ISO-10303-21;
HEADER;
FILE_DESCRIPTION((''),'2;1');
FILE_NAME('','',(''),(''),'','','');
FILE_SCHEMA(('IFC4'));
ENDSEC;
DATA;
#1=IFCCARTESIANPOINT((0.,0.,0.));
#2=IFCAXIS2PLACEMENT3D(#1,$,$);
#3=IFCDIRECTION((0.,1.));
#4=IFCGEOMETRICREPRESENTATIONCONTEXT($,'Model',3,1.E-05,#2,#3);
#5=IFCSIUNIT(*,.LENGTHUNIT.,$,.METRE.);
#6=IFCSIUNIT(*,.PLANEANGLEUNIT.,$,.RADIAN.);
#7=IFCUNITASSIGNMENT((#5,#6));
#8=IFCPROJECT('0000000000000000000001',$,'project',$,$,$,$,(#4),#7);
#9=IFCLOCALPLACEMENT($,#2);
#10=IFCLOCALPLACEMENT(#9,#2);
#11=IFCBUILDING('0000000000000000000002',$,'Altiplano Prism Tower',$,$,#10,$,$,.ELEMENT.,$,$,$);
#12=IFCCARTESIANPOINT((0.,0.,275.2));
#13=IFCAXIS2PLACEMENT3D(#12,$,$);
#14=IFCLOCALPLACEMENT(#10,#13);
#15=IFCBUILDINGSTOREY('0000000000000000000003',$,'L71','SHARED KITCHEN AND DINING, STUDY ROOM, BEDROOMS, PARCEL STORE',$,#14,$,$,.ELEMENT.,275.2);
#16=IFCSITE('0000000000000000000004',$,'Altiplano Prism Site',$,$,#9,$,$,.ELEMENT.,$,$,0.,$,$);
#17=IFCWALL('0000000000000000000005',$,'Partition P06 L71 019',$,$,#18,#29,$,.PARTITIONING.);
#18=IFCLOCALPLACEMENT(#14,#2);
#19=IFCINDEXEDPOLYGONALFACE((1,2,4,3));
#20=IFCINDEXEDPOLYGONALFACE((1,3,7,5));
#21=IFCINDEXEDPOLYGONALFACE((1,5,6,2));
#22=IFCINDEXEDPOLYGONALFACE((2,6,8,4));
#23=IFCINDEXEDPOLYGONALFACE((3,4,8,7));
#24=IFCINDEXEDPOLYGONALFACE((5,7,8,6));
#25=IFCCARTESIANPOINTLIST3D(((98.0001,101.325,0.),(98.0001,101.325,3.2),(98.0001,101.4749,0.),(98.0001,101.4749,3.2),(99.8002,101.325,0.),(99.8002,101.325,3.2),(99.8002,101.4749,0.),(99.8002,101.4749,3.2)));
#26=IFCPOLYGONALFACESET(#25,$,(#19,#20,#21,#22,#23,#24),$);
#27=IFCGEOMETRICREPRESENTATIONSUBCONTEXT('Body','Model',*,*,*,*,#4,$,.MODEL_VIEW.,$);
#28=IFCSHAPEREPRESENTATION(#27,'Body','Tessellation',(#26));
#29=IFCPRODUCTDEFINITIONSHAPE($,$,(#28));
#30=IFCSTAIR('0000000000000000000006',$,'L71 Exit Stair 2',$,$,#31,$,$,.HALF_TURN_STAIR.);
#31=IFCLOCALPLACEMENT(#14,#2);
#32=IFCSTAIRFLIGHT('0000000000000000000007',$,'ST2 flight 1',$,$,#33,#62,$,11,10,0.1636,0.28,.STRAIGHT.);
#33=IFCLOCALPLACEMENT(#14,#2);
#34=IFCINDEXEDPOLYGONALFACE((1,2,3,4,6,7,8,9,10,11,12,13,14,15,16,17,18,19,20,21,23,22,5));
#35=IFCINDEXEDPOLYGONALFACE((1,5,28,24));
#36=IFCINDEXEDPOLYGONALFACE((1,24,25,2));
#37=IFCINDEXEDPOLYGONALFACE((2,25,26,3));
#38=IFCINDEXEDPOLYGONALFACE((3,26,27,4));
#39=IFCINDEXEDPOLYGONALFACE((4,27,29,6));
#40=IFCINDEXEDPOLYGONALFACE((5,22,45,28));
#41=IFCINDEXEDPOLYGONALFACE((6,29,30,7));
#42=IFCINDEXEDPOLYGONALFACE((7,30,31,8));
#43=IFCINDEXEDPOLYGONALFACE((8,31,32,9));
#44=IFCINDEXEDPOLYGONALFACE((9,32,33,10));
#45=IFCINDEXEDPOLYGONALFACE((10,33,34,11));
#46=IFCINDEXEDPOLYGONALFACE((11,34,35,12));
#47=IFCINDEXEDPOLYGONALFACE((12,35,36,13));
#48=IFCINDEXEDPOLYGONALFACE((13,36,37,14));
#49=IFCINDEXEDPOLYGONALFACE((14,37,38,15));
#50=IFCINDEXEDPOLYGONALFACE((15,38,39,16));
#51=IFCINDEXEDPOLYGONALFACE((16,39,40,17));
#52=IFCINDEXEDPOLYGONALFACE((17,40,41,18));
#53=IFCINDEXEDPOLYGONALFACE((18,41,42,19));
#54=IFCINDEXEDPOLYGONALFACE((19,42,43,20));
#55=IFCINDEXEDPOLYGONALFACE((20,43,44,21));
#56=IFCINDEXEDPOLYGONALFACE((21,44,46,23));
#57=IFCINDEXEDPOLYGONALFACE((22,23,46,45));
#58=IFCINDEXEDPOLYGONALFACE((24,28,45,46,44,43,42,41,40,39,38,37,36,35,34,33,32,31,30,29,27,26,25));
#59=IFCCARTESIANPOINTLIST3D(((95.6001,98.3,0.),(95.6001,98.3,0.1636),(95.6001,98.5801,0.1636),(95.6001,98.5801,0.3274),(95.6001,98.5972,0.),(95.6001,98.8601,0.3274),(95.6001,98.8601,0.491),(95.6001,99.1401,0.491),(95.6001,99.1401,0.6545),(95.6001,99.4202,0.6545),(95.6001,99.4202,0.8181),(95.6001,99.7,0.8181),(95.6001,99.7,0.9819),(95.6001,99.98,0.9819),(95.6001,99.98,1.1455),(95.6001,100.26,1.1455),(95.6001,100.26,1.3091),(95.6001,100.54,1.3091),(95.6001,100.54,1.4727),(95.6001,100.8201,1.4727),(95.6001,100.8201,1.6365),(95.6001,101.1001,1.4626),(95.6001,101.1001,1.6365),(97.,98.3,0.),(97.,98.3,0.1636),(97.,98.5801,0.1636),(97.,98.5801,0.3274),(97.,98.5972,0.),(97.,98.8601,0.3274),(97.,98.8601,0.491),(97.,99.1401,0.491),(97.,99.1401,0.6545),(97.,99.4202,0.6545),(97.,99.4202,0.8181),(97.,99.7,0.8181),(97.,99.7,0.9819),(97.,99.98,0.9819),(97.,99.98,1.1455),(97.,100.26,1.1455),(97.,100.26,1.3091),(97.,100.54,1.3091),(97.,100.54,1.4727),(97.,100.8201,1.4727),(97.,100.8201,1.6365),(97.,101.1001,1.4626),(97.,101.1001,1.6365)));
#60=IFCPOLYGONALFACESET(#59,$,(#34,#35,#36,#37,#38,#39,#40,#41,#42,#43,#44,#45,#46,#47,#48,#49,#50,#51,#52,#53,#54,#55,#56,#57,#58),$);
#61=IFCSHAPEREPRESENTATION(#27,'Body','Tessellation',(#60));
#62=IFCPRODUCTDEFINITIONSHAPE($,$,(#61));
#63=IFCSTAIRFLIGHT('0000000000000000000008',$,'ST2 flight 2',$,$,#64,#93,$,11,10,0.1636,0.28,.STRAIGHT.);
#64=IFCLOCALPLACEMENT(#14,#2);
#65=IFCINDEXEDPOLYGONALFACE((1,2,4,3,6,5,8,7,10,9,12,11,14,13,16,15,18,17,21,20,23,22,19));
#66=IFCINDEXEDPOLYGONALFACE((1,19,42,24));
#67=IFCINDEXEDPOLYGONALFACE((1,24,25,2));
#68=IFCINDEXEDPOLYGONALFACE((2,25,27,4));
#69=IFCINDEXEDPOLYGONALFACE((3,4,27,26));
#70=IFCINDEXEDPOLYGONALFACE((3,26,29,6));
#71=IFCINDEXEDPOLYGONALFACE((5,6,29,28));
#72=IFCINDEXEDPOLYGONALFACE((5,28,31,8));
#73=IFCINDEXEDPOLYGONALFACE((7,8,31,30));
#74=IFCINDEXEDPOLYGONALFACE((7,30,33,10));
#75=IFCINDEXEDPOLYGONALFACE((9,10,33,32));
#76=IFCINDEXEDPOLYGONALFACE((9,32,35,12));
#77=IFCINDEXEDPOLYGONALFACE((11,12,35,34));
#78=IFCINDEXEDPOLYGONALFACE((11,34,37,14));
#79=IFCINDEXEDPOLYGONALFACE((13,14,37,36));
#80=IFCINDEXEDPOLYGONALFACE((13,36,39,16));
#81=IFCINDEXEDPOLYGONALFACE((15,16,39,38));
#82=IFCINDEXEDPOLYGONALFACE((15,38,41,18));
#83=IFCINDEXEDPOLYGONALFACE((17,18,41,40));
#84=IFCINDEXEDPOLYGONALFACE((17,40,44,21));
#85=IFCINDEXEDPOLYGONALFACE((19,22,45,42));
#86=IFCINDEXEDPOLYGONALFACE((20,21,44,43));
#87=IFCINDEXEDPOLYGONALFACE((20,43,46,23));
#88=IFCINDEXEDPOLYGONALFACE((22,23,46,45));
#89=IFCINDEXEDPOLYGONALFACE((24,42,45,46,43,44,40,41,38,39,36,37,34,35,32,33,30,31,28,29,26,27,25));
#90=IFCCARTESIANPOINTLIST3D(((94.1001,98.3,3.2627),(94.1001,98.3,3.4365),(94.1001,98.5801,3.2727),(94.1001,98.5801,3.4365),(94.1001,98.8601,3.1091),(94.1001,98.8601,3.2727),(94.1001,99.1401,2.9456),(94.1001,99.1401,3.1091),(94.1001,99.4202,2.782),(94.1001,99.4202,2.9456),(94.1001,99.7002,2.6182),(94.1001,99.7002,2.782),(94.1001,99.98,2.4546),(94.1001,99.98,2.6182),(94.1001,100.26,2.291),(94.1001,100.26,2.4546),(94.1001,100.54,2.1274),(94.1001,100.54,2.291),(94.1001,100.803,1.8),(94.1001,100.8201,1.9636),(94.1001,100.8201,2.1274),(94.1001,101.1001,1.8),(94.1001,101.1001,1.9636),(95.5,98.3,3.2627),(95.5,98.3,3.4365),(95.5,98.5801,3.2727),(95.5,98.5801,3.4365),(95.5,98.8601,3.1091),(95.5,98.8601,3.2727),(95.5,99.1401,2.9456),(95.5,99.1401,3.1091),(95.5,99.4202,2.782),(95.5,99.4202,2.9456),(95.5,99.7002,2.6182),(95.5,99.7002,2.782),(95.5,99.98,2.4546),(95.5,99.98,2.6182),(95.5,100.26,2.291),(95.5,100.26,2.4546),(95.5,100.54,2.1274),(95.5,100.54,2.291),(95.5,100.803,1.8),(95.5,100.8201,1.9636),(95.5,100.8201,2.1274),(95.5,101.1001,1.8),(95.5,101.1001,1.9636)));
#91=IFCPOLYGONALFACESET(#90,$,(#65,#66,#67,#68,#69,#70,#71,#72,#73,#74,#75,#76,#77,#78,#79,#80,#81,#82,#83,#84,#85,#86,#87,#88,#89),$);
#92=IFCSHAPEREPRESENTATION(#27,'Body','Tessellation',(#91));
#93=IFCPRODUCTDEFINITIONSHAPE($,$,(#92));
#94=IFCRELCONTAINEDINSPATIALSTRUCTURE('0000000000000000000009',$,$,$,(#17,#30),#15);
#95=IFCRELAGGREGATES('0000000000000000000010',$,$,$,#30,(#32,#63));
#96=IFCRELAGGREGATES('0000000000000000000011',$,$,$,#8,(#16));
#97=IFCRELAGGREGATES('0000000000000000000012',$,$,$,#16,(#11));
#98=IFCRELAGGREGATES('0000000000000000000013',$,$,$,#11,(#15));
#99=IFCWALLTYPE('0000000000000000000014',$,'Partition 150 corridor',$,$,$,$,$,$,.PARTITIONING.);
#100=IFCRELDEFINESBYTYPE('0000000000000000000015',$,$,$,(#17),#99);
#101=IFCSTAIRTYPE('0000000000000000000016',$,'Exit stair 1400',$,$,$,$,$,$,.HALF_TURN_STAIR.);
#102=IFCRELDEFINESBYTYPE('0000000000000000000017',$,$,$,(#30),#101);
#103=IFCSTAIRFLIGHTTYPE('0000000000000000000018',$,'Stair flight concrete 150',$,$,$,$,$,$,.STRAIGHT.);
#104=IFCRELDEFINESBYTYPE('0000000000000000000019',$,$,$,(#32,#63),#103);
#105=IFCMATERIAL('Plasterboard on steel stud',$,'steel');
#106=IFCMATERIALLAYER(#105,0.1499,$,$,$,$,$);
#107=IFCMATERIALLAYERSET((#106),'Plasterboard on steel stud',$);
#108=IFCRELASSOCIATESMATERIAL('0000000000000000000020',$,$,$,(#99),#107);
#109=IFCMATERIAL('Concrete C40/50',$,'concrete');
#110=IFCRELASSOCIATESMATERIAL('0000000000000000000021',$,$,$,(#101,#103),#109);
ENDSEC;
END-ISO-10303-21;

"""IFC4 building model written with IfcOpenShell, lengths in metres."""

from ifc_helpers import new_model, si_unit, direction, frame, frame_2d, origin, place, context, subcontext, project, spatial, polyline, rectangle, outline, extrude, material, layer, layer_set, type_object, element, aggregate, save


model = new_model("IFC4")

# Units and contexts
model_context = context("Model", 3, precision=1e-05, world=origin(), true_north=direction((0.0, 1.0)))
body_context = subcontext(model_context, "Body", "Model", "MODEL_VIEW")
ifc_project = project(units=[si_unit("LENGTHUNIT", "METRE"), si_unit("PLANEANGLEUNIT", "RADIAN")], contexts=[model_context])

# Site, building, storey
site_placement = place(None, origin())
site = spatial("IfcSite", under=ifc_project, at=site_placement, Name="Altiplano Prism Site", CompositionType="ELEMENT", RefElevation=0.0)
building_placement = place(site_placement, origin())
building = spatial("IfcBuilding", under=site, at=building_placement, Name="Altiplano Prism Tower", CompositionType="ELEMENT")
storey_placement = place(building_placement, frame((0.0, 0.0, 275.2)))
storey = spatial("IfcBuildingStorey", under=building, at=storey_placement, Name="L71", Description="SHARED KITCHEN AND DINING, STUDY ROOM, BEDROOMS, PARCEL STORE", CompositionType="ELEMENT", Elevation=275.2)

# Shared definitions
ifc_material_1 = material(Name="Plasterboard on steel stud", Category="steel")

# Shared definitions
ifc_layer_1 = layer(ifc_material_1, 0.1499)
ifc_layer_set_1 = layer_set([ifc_layer_1], Name="Plasterboard on steel stud")
wall_type_1 = type_object("IfcWallType", Name="Partition 150 corridor", PredefinedType="PARTITIONING", material=ifc_layer_set_1)

# Wall
wall_1_placement = place(storey_placement, frame((99.8, 101.3999, 0.0), z_axis=(0.0, 0.0, 1.0), x_axis=(-1.0, 0.0, 0.0)))
element("IfcWall", 1, at=wall_1_placement, inside=storey, type_object=wall_type_1, Name="Partition P06 L71 019", PredefinedType="PARTITIONING", context=body_context, shape_type="SweptSolid", body=[
    extrude(rectangle(XDim=1.8, YDim=0.1499, at=frame_2d((0.8999, 0.0))), origin(), (0.0, 0.0, 1.0), 3.2),
])

# Stair, stair flights
ifc_material_2 = material(Name="Concrete C40/50", Category="concrete")
stair_type = type_object("IfcStairType", Name="Exit stair 1400", PredefinedType="HALF_TURN_STAIR", material=ifc_material_2)
stair_placement = place(storey_placement, origin())
stair = element("IfcStair", 2, at=stair_placement, inside=storey, type_object=stair_type, Name="L71 Exit Stair 2", PredefinedType="HALF_TURN_STAIR")
stair_flight_type = type_object("IfcStairFlightType", Name="Stair flight concrete 150", PredefinedType="STRAIGHT", material=ifc_material_2)
stair_flight_1_placement = place(storey_placement, frame((96.3, 98.3, 0.0), z_axis=(0.0, 0.0, 1.0), x_axis=(0.0, 1.0, 0.0)))
stair_flight_1 = element("IfcStairFlight", 3, at=stair_flight_1_placement, type_object=stair_flight_type, Name="ST2 flight 1", NumberOfRisers=11, NumberOfTreads=10, PredefinedType="STRAIGHT", RiserHeight=0.1636, TreadLength=0.28, context=body_context, shape_type="SweptSolid", body=[
    extrude(outline(polyline([(0.0, 0.0), (0.0, 0.1636), (0.28, 0.1636), (0.28, 0.3274), (0.5601, 0.3274), (0.5601, 0.491), (0.8401, 0.491), (0.8401, 0.6545), (1.1201, 0.6545), (1.1201, 0.8181), (1.3999, 0.8181), (1.3999, 0.9819), (1.6799, 0.9819), (1.6799, 1.1455), (1.96, 1.1455), (1.96, 1.3091), (2.24, 1.3091), (2.24, 1.4727), (2.52, 1.4727), (2.52, 1.6365), (2.8, 1.6365), (2.8, 1.8), (2.8, 1.4626), (0.2971, 0.0), (0.0, 0.0)])), frame((0.0, 0.7, 0.0), z_axis=(0.0, -1.0, 0.0), x_axis=(1.0, 0.0, 0.0)), (0.0, 0.0, 1.0), 1.3999),
])
stair_flight_2_placement = place(storey_placement, frame((94.8, 101.1001, 1.8), z_axis=(0.0, 0.0, 1.0), x_axis=(0.0, -1.0, 0.0)))
stair_flight_2 = element("IfcStairFlight", 4, at=stair_flight_2_placement, type_object=stair_flight_type, Name="ST2 flight 2", NumberOfRisers=11, NumberOfTreads=10, PredefinedType="STRAIGHT", RiserHeight=0.1636, TreadLength=0.28, context=body_context, shape_type="SweptSolid", body=[
    extrude(outline(polyline([(0.0, 0.0), (0.0, 0.1636), (0.28, 0.1636), (0.28, 0.3274), (0.5601, 0.3274), (0.5601, 0.491), (0.8401, 0.491), (0.8401, 0.6545), (1.1201, 0.6545), (1.1201, 0.8181), (1.3999, 0.8181), (1.3999, 0.9819), (1.6799, 0.9819), (1.6799, 1.1455), (1.96, 1.1455), (1.96, 1.3091), (2.24, 1.3091), (2.24, 1.4727), (2.52, 1.4727), (2.52, 1.6365), (2.8, 1.6365), (2.8, 1.8), (2.8, 1.4626), (0.2971, 0.0), (0.0, 0.0)])), frame((0.0, 0.7, 0.0), z_axis=(0.0, -1.0, 0.0), x_axis=(1.0, 0.0, 0.0)), (0.0, 0.0, 1.0), 1.3999),
])
aggregate(stair, [stair_flight_1, stair_flight_2])

save(model, "model.ifc")
